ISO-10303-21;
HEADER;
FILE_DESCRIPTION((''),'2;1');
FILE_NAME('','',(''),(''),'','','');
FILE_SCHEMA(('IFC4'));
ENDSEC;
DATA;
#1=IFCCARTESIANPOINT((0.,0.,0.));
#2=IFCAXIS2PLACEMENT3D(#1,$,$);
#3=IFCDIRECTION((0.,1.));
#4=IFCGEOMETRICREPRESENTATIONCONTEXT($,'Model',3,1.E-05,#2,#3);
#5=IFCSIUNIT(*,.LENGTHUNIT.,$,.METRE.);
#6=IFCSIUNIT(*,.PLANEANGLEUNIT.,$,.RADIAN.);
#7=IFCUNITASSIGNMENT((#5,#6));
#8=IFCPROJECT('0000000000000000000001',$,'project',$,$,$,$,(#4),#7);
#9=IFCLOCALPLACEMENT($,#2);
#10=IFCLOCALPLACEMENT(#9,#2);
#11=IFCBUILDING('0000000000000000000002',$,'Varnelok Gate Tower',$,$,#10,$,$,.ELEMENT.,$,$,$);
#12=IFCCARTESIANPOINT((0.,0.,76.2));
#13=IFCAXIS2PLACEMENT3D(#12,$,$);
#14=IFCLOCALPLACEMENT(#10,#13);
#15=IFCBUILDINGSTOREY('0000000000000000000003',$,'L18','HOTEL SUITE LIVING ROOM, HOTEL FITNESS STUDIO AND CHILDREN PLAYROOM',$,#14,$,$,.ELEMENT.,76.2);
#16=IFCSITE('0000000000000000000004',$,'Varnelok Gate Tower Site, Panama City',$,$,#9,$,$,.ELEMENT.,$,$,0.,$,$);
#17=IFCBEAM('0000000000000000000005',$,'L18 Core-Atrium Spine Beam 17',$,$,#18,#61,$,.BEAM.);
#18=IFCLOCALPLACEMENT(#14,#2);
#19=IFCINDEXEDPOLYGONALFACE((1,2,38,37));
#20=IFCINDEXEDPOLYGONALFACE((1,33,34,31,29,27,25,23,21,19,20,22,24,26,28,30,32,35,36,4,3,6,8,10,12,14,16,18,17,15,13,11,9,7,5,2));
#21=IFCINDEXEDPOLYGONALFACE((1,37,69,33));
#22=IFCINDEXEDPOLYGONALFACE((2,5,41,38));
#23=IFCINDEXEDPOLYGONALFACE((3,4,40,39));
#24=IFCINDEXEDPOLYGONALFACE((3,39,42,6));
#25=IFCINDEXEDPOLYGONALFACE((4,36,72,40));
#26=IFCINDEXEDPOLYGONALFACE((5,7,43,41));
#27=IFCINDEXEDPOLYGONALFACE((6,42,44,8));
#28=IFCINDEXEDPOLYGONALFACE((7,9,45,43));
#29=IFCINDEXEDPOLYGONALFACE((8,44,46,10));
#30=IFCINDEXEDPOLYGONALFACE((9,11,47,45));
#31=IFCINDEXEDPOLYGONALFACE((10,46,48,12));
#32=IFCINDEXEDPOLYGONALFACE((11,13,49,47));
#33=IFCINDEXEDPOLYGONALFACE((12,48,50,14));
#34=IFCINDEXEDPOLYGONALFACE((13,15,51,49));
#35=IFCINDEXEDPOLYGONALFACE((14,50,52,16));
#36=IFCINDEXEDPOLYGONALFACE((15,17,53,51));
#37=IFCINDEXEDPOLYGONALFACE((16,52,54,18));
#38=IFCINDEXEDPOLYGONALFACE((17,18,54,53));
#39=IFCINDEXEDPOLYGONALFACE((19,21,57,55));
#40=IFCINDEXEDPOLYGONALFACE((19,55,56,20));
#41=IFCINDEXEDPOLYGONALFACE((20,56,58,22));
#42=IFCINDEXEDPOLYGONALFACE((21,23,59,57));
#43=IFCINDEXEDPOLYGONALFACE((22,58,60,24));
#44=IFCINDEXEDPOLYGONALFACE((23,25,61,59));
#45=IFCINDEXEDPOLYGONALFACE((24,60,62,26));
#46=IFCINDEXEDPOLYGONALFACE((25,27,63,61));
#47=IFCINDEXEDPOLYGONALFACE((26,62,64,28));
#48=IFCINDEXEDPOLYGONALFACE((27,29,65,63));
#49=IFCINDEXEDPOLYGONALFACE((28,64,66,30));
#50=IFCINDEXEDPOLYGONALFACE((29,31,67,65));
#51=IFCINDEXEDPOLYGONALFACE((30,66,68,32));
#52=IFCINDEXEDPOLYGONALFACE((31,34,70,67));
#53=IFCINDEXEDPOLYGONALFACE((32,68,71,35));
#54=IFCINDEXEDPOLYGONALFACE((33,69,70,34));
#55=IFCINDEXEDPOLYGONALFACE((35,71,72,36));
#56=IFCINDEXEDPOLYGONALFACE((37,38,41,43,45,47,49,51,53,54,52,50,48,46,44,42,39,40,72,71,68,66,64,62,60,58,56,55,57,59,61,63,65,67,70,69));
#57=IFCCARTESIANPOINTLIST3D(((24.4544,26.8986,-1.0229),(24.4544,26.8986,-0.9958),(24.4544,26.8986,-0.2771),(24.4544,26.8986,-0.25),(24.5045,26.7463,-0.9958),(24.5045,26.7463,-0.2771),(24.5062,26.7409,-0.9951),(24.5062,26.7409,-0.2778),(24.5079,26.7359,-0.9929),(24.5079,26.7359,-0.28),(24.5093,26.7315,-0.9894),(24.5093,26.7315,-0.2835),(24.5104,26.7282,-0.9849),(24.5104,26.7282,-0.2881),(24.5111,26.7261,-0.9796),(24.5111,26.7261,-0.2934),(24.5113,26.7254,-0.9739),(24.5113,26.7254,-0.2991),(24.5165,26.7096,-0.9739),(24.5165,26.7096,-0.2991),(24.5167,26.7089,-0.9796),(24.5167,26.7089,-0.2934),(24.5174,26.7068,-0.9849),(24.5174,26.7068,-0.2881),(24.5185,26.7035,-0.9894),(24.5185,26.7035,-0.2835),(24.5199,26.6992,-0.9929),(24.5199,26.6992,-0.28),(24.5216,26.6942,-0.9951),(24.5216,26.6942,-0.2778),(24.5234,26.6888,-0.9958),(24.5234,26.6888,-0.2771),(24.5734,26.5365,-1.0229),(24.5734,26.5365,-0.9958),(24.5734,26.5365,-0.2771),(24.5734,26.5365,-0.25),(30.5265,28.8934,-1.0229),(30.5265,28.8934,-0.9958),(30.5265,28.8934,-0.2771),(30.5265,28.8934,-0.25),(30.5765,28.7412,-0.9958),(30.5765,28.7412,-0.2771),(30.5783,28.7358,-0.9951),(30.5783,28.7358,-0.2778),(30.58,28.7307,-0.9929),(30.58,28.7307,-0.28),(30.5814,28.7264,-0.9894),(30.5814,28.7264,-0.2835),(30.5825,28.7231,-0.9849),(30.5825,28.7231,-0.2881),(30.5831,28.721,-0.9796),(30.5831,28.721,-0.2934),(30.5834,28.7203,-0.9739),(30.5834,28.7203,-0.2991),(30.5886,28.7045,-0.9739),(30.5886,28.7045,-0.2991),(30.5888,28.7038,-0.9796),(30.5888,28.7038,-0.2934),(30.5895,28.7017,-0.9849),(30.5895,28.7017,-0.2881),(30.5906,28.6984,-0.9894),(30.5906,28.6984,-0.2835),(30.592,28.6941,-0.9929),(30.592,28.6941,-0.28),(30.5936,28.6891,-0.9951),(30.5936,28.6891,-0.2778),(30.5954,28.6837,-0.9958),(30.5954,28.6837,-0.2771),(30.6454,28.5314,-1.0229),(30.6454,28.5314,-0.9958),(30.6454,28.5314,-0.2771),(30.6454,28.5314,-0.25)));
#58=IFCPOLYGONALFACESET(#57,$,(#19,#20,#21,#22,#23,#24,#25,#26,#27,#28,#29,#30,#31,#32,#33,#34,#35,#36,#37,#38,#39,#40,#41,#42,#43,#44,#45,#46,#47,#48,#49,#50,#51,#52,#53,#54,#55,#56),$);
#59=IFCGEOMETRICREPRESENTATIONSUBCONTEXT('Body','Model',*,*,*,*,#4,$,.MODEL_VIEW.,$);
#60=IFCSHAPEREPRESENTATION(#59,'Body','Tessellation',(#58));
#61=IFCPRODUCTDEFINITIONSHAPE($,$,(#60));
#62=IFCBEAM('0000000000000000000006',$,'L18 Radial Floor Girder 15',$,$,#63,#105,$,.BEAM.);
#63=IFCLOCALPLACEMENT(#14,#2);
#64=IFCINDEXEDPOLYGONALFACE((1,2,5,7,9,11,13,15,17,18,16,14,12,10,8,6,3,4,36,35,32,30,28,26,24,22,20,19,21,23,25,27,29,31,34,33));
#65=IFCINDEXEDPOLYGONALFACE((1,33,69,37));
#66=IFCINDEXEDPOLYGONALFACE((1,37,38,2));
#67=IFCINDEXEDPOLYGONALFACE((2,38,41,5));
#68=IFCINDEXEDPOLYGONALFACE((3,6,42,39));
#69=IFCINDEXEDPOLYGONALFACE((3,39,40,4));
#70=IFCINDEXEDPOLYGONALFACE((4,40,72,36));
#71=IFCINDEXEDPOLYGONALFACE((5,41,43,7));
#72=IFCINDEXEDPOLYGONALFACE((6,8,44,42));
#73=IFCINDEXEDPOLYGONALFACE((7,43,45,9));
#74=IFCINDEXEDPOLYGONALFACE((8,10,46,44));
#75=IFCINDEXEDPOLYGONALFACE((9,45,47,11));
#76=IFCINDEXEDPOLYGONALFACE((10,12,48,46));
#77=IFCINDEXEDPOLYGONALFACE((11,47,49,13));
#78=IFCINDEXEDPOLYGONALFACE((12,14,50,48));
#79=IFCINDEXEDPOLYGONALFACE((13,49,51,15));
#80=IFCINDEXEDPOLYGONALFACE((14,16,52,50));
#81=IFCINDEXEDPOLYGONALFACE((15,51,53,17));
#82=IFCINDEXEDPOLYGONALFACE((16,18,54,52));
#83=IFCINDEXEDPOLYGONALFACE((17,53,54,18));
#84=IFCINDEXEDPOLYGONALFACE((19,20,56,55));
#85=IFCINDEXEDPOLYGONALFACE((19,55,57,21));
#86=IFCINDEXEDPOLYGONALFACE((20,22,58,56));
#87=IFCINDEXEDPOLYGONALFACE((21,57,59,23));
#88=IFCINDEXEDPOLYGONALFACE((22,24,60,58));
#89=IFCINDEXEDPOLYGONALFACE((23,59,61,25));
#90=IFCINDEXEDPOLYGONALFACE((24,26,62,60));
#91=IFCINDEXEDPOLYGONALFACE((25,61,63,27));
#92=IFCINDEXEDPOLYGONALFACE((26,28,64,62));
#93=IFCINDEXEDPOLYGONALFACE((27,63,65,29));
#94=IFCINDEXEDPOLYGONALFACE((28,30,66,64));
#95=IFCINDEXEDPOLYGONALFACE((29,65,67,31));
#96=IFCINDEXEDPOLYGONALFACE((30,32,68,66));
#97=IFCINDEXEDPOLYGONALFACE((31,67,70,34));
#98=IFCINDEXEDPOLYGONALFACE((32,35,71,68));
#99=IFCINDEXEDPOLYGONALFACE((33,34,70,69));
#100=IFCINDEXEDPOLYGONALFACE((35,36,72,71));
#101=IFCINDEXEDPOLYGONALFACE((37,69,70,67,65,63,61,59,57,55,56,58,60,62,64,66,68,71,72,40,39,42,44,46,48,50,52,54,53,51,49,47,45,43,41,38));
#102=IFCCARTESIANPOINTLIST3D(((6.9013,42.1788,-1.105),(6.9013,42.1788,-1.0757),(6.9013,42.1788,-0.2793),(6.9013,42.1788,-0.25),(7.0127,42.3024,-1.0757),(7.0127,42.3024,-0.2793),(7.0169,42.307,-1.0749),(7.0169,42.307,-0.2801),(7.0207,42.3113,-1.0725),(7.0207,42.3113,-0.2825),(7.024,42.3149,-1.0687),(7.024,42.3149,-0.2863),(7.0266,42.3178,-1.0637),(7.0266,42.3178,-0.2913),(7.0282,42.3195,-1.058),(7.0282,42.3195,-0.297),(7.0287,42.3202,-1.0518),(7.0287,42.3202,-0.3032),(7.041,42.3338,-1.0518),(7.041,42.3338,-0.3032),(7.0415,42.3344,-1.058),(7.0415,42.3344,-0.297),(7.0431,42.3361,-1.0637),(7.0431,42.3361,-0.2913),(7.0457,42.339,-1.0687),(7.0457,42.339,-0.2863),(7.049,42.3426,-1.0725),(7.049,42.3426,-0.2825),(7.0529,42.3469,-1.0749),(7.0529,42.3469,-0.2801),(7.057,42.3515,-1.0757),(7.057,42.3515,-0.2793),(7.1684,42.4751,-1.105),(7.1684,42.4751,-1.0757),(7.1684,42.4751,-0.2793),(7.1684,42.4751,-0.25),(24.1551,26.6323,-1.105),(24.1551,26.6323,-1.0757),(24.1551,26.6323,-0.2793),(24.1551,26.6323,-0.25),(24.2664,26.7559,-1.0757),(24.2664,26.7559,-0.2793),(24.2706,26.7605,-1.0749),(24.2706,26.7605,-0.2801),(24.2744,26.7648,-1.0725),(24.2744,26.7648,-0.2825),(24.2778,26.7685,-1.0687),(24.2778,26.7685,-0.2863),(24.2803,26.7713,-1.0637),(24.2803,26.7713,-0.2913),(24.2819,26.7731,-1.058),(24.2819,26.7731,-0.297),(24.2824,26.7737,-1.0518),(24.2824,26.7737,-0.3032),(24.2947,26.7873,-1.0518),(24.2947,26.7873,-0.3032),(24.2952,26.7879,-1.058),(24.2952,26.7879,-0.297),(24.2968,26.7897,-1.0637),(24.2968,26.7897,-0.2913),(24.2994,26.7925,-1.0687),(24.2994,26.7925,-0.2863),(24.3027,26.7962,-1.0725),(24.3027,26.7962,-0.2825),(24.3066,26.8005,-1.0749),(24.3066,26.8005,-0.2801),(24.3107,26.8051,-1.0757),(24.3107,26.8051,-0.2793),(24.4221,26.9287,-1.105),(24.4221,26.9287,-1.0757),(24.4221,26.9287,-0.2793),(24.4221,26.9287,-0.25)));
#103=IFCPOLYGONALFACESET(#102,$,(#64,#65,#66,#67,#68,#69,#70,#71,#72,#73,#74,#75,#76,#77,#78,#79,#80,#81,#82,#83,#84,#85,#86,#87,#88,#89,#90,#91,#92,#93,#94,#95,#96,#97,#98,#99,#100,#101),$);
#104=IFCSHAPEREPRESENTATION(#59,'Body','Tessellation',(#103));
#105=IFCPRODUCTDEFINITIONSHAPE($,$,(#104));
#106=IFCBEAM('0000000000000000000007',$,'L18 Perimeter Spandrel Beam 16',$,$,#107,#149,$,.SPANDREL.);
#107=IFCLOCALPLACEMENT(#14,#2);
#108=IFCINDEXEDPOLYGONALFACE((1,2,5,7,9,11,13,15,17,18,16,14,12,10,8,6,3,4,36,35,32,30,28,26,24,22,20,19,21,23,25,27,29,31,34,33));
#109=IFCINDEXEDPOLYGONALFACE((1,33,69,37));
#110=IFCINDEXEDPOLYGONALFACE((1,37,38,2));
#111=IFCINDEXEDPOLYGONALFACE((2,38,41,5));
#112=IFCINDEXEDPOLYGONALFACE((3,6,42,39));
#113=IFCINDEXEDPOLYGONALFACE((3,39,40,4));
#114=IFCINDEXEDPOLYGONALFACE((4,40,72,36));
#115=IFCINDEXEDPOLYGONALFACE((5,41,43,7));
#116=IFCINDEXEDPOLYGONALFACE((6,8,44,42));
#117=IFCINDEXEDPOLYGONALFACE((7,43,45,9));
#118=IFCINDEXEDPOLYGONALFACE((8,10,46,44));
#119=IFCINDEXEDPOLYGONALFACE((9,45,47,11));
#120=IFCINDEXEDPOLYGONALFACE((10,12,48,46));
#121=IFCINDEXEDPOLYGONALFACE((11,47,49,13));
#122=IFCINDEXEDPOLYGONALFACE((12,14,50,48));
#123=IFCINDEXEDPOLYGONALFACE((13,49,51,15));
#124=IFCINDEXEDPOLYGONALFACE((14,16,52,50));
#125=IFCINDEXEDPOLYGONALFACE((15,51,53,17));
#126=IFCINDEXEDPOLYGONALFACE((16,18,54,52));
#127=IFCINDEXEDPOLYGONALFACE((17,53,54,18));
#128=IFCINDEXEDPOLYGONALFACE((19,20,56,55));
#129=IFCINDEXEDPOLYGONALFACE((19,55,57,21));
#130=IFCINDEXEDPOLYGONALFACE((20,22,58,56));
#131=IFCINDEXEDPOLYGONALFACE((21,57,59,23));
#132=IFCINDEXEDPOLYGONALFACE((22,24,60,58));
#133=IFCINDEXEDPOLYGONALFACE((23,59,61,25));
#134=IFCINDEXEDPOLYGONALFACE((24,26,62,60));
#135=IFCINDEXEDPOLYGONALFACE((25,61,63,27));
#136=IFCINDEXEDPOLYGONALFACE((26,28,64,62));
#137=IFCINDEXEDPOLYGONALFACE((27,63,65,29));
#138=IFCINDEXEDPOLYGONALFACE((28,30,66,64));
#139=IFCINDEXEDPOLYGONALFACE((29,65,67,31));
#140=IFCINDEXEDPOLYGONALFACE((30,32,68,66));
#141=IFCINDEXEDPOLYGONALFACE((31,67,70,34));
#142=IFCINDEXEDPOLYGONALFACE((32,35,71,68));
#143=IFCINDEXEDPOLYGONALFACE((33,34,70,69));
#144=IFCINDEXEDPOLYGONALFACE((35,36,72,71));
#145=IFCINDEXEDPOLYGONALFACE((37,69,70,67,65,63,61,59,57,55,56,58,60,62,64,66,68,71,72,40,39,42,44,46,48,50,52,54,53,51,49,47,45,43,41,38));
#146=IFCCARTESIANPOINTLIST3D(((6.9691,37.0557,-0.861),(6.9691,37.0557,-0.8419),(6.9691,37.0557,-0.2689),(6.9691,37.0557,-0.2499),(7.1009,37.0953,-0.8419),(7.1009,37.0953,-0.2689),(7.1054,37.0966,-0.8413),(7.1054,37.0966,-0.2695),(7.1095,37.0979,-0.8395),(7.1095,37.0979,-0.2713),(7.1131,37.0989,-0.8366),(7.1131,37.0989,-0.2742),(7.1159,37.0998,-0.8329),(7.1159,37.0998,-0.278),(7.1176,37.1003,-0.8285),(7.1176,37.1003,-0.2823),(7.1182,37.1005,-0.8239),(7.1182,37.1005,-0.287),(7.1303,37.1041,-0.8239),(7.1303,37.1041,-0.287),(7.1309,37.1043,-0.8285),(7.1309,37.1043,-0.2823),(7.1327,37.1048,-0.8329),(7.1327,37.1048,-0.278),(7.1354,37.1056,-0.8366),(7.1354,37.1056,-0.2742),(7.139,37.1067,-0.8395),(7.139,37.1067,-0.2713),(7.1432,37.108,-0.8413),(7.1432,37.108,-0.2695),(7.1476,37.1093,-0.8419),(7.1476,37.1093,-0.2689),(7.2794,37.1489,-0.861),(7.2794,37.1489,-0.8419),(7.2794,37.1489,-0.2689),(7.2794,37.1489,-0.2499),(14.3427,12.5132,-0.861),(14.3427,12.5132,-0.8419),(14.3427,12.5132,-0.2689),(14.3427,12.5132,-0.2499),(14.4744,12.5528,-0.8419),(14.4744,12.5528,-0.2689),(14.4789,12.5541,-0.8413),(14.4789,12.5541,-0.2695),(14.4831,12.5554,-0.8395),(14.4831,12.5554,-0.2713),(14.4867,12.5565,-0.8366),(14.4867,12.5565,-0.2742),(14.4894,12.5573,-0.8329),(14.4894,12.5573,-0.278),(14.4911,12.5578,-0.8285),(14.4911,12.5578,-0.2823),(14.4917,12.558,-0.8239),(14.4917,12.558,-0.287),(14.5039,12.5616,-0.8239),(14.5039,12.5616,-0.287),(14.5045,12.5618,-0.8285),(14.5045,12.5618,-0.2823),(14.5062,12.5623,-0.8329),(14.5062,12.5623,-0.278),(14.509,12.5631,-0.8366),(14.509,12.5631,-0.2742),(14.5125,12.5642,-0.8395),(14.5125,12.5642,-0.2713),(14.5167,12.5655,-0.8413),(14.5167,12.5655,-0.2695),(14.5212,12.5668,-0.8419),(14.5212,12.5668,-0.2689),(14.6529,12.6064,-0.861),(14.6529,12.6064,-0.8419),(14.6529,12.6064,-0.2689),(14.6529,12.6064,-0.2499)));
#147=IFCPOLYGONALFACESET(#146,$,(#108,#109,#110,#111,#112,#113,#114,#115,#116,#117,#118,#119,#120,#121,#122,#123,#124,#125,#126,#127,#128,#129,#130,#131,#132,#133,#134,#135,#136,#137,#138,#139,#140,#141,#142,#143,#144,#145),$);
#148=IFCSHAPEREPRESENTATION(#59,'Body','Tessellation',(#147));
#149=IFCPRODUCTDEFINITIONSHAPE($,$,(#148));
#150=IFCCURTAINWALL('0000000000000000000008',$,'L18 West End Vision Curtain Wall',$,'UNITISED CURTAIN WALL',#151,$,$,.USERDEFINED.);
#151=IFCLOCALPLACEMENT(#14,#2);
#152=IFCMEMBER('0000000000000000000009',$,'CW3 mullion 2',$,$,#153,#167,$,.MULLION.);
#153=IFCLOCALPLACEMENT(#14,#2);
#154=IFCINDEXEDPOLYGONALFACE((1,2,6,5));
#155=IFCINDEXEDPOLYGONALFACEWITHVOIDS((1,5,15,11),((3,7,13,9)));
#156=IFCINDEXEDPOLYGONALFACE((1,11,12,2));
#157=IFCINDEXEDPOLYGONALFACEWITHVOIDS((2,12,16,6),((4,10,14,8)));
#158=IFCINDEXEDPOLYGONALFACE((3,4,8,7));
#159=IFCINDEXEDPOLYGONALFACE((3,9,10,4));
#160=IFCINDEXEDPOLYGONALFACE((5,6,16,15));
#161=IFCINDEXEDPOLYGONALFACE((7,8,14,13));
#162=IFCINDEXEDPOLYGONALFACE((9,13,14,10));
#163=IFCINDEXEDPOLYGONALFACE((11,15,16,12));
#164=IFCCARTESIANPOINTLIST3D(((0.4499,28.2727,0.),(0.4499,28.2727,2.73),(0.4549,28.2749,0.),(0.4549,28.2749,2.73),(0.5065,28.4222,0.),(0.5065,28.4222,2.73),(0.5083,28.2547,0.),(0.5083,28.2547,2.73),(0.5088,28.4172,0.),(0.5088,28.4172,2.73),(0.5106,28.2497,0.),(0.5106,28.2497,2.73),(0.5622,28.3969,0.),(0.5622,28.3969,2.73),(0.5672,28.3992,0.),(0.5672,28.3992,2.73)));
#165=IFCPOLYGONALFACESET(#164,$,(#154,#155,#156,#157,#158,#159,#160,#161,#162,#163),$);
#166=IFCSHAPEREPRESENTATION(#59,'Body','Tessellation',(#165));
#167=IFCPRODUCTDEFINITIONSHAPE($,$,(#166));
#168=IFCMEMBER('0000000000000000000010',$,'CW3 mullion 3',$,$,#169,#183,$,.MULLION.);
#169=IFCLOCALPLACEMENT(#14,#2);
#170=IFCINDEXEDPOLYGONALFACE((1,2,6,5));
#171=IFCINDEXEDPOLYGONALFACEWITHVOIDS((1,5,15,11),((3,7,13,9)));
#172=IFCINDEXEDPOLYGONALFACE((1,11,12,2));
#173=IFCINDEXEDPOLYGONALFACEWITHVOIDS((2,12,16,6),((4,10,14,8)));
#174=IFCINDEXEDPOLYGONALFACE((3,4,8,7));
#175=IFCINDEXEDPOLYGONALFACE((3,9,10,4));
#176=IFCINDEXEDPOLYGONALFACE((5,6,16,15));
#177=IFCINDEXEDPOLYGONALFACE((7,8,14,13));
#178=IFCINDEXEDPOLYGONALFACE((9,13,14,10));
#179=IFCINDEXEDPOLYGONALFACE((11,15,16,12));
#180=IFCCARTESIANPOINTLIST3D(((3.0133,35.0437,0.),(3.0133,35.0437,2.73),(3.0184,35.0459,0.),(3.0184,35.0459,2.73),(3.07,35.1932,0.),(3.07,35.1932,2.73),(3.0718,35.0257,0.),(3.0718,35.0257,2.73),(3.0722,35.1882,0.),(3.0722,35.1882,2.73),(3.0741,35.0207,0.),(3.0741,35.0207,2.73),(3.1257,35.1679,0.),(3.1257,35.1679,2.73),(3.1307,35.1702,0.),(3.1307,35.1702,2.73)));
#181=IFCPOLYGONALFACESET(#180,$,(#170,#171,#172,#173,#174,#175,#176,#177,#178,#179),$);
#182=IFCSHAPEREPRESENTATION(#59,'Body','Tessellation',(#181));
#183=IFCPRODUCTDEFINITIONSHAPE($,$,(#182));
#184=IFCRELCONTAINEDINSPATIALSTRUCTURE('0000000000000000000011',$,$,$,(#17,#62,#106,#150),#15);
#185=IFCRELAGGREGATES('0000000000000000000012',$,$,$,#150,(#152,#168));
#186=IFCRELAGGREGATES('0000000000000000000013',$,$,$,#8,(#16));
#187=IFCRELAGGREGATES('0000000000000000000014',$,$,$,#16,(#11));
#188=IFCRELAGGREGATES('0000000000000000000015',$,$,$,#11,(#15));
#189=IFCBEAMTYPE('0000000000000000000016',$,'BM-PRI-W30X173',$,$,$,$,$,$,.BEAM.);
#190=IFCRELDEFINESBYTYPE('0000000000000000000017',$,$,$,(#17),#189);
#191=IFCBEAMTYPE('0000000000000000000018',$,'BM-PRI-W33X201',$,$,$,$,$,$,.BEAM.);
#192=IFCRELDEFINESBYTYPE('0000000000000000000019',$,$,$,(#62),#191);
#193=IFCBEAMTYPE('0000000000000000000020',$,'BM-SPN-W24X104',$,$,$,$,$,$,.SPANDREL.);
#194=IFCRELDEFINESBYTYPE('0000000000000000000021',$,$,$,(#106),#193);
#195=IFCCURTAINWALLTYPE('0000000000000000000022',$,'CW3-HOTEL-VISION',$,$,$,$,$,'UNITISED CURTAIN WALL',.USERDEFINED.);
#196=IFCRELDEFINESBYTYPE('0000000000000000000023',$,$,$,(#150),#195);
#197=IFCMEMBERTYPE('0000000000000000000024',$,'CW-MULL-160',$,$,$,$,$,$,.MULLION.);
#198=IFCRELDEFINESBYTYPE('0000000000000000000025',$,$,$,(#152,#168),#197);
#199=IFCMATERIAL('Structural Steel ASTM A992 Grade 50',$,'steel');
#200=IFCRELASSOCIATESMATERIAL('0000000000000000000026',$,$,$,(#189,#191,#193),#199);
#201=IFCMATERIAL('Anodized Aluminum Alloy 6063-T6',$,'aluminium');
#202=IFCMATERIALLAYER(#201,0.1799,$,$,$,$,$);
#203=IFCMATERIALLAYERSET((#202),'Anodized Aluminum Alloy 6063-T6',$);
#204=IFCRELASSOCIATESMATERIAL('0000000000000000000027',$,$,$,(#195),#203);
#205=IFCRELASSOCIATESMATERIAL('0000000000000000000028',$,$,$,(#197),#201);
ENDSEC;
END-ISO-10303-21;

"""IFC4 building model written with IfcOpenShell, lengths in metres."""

from ifc_helpers import new_model, si_unit, direction, frame, origin, origin_2d, place, context, subcontext, project, spatial, hollow_rectangle, i_section, extrude, material, layer, layer_set, material_profile, profile_set, type_object, element, aggregate, save


model = new_model("IFC4")

# Units and contexts
model_context = context("Model", 3, precision=1e-05, world=origin(), true_north=direction((0.0, 1.0)))
body_context = subcontext(model_context, "Body", "Model", "MODEL_VIEW")
ifc_project = project(units=[si_unit("LENGTHUNIT", "METRE"), si_unit("PLANEANGLEUNIT", "RADIAN")], contexts=[model_context])

# Site, building, storey
site_placement = place(None, origin())
site = spatial("IfcSite", under=ifc_project, at=site_placement, Name="Varnelok Gate Tower Site, Panama City", CompositionType="ELEMENT", RefElevation=0.0)
building_placement = place(site_placement, origin())
building = spatial("IfcBuilding", under=site, at=building_placement, Name="Varnelok Gate Tower", CompositionType="ELEMENT")
storey_placement = place(building_placement, frame((0.0, 0.0, 76.2)))
storey = spatial("IfcBuildingStorey", under=building, at=storey_placement, Name="L18", Description="HOTEL SUITE LIVING ROOM, HOTEL FITNESS STUDIO AND CHILDREN PLAYROOM", CompositionType="ELEMENT", Elevation=76.2)

# Shared definitions
ifc_material_1 = material(Name="Structural Steel ASTM A992 Grade 50", Category="steel")

# Beams
ifc_material_profile_1 = material_profile(ifc_material_1, i_section(OverallWidth=0.3811, OverallDepth=0.7729, WebThickness=0.0166, FlangeThickness=0.0271, FilletRadius=0.022, at=origin_2d()), Name="W30X173")
ifc_profile_set_1 = profile_set([ifc_material_profile_1], Name="Structural Steel ASTM A992 Grade 50")
beam_type_1 = type_object("IfcBeamType", Name="BM-PRI-W30X173", PredefinedType="BEAM", material=ifc_profile_set_1)
beam_1_placement = place(storey_placement, frame((24.5139, 26.7175, -0.6365), z_axis=(0.950042, 0.312122, 0.0), x_axis=(-0.312122, 0.950042, 0.0)))
element("IfcBeam", 1, at=beam_1_placement, inside=storey, type_object=beam_type_1, Name="L18 Core-Atrium Spine Beam 17", PredefinedType="BEAM", context=body_context, shape_type="SweptSolid", body=[
    extrude(i_section(OverallWidth=0.3811, OverallDepth=0.7729, WebThickness=0.0166, FlangeThickness=0.0271, FilletRadius=0.022, at=origin_2d()), origin(), (0.0, 0.0, 1.0), 6.3914),
])
ifc_material_profile_2 = material_profile(ifc_material_1, i_section(OverallWidth=0.3989, OverallDepth=0.855, WebThickness=0.0183, FlangeThickness=0.0293, FilletRadius=0.0239, at=origin_2d()), Name="W33X201")
ifc_profile_set_2 = profile_set([ifc_material_profile_2], Name="Structural Steel ASTM A992 Grade 50")
beam_type_2 = type_object("IfcBeamType", Name="BM-PRI-W33X201", PredefinedType="BEAM", material=ifc_profile_set_2)
beam_2_placement = place(storey_placement, frame((24.2886, 26.7805, -0.6775), z_axis=(-0.742907, 0.669395, 0.0), x_axis=(-0.669395, -0.742907, 0.0)))
element("IfcBeam", 2, at=beam_2_placement, inside=storey, type_object=beam_type_2, Name="L18 Radial Floor Girder 15", PredefinedType="BEAM", context=body_context, shape_type="SweptSolid", body=[
    extrude(i_section(OverallWidth=0.3989, OverallDepth=0.855, WebThickness=0.0183, FlangeThickness=0.0293, FilletRadius=0.0239, at=origin_2d()), origin(), (0.0, 0.0, 1.0), 23.2246),
])
ifc_material_profile_3 = material_profile(ifc_material_1, i_section(OverallWidth=0.324, OverallDepth=0.6111, WebThickness=0.0127, FlangeThickness=0.019, FilletRadius=0.0181, at=origin_2d()), Name="W24X104")
ifc_profile_set_3 = profile_set([ifc_material_profile_3], Name="Structural Steel ASTM A992 Grade 50")
beam_type_3 = type_object("IfcBeamType", Name="BM-SPN-W24X104", PredefinedType="SPANDREL", material=ifc_profile_set_3)
beam_3_placement = place(storey_placement, frame((7.1243, 37.1023, -0.5554), z_axis=(0.287734, -0.95771, 0.0), x_axis=(0.95771, 0.287734, 0.0)))
element("IfcBeam", 3, at=beam_3_placement, inside=storey, type_object=beam_type_3, Name="L18 Perimeter Spandrel Beam 16", PredefinedType="SPANDREL", context=body_context, shape_type="SweptSolid", body=[
    extrude(i_section(OverallWidth=0.324, OverallDepth=0.6111, WebThickness=0.0127, FlangeThickness=0.019, FilletRadius=0.0181, at=origin_2d()), origin(), (0.0, 0.0, 1.0), 25.6262),
])

# Curtain wall, members
ifc_material_2 = material(Name="Anodized Aluminum Alloy 6063-T6", Category="aluminium")
ifc_layer_1 = layer(ifc_material_2, 0.1799)
ifc_layer_set_1 = layer_set([ifc_layer_1], Name="Anodized Aluminum Alloy 6063-T6")
curtain_wall_type = type_object("IfcCurtainWallType", Name="CW3-HOTEL-VISION", ElementType="UNITISED CURTAIN WALL", PredefinedType="USERDEFINED", material=ifc_layer_set_1)
curtain_wall_placement = place(storey_placement, origin())
curtain_wall = element("IfcCurtainWall", 4, at=curtain_wall_placement, inside=storey, type_object=curtain_wall_type, Name="L18 West End Vision Curtain Wall", ObjectType="UNITISED CURTAIN WALL", PredefinedType="USERDEFINED")
ifc_material_profile_4 = material_profile(ifc_material_2, hollow_rectangle(XDim=0.0649, YDim=0.1599, WallThickness=0.0039, at=origin_2d()), Name="ALU160X65X4")
ifc_profile_set_4 = profile_set([ifc_material_profile_4], Name="Anodized Aluminum Alloy 6063-T6")
member_type_1 = type_object("IfcMemberType", Name="CW-MULL-160", PredefinedType="MULLION", material=ifc_profile_set_4)
member_1_placement = place(storey_placement, frame((0.5085, 28.3359, 0.0), z_axis=(0.0, 0.0, 1.0), x_axis=(-0.935221, 0.354064, 0.0)))
member_1 = element("IfcMember", 5, at=member_1_placement, type_object=member_type_1, Name="CW3 mullion 2", PredefinedType="MULLION", context=body_context, shape_type="SweptSolid", body=[
    extrude(hollow_rectangle(XDim=0.0649, YDim=0.1599, WallThickness=0.0039, at=origin_2d()), origin(), (0.0, 0.0, 1.0), 2.73),
])
member_2_placement = place(storey_placement, frame((3.072, 35.1069, 0.0), z_axis=(0.0, 0.0, 1.0), x_axis=(-0.935221, 0.354064, 0.0)))
member_2 = element("IfcMember", 6, at=member_2_placement, type_object=member_type_1, Name="CW3 mullion 3", PredefinedType="MULLION", context=body_context, shape_type="SweptSolid", body=[
    extrude(hollow_rectangle(XDim=0.0649, YDim=0.1599, WallThickness=0.0039, at=origin_2d()), origin(), (0.0, 0.0, 1.0), 2.73),
])
aggregate(curtain_wall, [member_1, member_2])

save(model, "model.ifc")
